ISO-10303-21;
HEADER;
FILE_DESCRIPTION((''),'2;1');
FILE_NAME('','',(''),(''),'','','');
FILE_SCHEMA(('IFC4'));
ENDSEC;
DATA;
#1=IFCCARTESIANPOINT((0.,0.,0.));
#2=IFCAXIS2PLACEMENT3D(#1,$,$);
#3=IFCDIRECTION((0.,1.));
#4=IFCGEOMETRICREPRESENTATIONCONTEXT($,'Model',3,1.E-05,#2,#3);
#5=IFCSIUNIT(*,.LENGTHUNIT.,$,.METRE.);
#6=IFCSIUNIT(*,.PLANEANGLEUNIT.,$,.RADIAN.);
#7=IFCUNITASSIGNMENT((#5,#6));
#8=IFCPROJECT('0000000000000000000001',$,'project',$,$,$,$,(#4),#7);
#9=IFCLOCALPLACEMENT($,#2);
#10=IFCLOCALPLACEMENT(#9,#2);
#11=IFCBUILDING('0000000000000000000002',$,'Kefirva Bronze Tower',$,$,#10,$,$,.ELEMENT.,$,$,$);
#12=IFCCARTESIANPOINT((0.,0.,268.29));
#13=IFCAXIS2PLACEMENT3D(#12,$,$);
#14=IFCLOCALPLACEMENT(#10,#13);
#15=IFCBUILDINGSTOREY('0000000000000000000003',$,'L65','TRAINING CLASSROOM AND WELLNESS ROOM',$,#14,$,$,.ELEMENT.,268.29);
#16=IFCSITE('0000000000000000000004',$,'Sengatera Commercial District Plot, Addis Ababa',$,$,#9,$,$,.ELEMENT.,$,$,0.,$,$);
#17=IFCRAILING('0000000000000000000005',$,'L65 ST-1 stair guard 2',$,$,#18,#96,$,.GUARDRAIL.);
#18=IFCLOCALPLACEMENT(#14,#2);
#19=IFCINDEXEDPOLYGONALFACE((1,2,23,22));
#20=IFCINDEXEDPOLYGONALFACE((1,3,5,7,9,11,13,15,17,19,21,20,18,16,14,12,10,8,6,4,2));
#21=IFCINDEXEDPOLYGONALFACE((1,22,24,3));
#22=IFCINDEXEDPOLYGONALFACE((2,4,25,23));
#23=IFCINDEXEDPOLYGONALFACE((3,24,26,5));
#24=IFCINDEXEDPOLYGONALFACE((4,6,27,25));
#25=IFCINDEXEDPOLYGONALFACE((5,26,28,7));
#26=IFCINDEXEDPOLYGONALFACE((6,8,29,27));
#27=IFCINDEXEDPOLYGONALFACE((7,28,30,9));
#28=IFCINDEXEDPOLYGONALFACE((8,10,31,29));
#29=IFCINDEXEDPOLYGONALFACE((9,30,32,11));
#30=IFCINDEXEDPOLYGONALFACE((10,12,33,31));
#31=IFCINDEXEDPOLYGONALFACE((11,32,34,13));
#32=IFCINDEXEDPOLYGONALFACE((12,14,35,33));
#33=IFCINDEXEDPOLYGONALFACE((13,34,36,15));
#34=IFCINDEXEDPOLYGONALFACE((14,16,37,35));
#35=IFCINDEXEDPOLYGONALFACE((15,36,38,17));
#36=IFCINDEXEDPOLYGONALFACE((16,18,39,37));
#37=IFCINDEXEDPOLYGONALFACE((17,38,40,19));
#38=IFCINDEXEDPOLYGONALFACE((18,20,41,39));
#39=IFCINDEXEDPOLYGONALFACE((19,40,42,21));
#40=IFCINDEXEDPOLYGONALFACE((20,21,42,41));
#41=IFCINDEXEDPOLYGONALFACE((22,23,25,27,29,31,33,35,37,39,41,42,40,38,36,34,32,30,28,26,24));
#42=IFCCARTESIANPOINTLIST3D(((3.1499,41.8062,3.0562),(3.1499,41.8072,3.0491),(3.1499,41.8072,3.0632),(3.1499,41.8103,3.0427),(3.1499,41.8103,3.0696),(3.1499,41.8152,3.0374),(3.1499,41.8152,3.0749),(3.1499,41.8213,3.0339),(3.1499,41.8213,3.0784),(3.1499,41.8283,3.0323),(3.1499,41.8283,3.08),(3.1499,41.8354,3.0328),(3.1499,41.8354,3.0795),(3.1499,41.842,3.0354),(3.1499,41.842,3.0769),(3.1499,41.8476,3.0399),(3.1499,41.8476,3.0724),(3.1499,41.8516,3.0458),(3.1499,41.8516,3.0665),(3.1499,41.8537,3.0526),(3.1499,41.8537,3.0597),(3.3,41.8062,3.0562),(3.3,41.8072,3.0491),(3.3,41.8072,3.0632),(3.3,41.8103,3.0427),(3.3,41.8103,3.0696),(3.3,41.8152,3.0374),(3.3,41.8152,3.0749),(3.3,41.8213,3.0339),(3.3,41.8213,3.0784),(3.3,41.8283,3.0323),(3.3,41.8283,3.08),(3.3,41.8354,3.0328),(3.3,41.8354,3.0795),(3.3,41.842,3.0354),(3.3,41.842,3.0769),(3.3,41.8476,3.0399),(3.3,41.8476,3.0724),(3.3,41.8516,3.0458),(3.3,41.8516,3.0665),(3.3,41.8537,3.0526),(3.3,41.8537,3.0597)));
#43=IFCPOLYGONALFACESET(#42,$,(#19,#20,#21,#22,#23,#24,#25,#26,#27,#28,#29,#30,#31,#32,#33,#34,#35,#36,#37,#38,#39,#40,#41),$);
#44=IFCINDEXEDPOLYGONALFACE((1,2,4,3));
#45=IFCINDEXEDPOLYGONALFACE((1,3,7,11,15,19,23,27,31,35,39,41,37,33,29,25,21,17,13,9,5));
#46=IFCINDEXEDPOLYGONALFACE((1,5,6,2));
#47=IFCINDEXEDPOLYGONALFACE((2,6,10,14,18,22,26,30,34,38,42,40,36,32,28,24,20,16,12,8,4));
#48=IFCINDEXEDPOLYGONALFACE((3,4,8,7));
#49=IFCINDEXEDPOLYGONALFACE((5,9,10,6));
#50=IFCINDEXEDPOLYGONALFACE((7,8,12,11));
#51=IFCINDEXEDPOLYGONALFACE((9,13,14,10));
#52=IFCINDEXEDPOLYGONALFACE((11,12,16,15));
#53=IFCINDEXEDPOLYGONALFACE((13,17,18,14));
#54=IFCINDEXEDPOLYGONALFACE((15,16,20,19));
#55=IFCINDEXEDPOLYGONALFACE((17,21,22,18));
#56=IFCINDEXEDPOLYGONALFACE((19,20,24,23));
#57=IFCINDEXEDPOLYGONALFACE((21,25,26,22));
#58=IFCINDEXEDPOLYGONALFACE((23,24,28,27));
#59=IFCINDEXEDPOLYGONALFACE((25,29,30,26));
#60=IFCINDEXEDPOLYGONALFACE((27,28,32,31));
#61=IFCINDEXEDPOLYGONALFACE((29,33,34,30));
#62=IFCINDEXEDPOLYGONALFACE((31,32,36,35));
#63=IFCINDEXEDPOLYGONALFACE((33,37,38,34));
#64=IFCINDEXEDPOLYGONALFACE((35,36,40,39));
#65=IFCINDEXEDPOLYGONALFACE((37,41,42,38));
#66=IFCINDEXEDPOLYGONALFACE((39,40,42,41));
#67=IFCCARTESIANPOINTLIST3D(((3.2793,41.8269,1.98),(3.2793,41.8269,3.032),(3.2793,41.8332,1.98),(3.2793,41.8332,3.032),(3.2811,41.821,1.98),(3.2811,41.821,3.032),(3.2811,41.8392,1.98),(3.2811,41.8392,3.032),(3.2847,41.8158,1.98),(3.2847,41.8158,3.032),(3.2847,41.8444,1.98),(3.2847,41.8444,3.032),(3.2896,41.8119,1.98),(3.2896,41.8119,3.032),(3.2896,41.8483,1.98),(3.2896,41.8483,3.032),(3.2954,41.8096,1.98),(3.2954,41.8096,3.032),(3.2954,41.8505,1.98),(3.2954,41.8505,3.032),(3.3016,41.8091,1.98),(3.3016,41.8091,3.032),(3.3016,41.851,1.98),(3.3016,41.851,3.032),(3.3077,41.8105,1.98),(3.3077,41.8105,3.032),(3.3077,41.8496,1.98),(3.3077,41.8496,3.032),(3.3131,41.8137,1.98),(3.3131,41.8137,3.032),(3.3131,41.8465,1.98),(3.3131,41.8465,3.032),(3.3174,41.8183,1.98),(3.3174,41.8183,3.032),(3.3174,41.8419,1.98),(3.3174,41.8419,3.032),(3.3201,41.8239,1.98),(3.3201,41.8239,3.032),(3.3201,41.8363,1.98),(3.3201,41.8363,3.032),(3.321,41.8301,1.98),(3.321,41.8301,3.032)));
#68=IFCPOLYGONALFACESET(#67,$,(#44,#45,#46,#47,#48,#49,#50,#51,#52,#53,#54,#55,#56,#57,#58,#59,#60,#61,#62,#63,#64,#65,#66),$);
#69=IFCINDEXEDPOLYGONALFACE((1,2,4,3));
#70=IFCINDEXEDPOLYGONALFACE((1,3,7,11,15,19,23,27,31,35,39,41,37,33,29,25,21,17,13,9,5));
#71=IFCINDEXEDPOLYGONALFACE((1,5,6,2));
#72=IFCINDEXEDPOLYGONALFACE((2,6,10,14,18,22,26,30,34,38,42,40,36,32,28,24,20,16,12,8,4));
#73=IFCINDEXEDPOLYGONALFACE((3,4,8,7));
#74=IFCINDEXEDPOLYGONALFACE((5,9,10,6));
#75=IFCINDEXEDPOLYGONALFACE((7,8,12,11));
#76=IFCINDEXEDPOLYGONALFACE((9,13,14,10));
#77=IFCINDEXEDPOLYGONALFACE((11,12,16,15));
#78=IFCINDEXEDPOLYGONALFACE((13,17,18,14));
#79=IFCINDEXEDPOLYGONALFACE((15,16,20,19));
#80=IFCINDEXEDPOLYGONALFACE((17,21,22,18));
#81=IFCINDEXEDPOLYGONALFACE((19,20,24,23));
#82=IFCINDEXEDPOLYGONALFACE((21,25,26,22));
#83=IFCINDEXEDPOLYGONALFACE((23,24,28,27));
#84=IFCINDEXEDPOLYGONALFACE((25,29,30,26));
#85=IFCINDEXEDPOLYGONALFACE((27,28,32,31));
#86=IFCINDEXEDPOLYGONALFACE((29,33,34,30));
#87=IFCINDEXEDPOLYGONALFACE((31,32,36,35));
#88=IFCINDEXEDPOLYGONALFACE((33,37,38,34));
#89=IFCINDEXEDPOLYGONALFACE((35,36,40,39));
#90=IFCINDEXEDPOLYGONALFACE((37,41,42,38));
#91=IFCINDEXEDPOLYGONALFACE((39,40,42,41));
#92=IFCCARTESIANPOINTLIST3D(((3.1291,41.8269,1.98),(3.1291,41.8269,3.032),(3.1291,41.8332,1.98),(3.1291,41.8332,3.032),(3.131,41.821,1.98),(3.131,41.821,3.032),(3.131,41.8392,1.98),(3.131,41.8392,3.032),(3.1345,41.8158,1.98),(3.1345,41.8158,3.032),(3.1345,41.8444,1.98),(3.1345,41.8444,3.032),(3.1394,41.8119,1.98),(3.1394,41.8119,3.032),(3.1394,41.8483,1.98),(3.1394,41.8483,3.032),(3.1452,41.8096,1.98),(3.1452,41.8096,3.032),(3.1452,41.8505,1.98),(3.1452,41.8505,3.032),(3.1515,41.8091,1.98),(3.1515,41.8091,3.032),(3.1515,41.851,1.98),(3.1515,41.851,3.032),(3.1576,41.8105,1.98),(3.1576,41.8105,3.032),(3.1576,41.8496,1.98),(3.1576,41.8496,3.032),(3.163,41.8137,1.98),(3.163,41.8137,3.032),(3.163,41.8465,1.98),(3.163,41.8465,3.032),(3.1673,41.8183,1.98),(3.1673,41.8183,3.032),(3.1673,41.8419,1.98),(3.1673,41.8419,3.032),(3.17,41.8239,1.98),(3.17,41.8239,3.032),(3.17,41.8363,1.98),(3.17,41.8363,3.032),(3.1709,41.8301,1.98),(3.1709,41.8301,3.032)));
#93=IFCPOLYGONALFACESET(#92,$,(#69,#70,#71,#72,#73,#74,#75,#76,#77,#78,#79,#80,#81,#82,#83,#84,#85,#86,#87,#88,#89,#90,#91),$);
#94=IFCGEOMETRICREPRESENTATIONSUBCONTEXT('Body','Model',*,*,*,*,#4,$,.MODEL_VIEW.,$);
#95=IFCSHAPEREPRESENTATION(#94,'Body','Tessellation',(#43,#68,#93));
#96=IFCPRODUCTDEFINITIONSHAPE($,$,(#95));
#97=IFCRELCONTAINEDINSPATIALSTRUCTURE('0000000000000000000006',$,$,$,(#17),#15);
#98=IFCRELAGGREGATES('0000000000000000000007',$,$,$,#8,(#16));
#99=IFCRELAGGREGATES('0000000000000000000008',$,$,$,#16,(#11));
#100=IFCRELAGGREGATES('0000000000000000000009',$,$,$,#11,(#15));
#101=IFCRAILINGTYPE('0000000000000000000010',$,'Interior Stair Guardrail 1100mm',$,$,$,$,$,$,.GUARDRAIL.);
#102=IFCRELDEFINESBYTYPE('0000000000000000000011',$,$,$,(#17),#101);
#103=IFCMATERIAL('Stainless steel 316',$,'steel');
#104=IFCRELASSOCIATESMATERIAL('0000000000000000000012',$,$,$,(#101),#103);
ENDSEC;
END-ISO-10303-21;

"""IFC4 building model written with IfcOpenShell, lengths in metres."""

from ifc_helpers import new_model, si_unit, direction, frame, origin, origin_2d, place, context, subcontext, project, spatial, circle, extrude, material, type_object, element, save


model = new_model("IFC4")

# Units and contexts
model_context = context("Model", 3, precision=1e-05, world=origin(), true_north=direction((0.0, 1.0)))
body_context = subcontext(model_context, "Body", "Model", "MODEL_VIEW")
ifc_project = project(units=[si_unit("LENGTHUNIT", "METRE"), si_unit("PLANEANGLEUNIT", "RADIAN")], contexts=[model_context])

# Site, building, storey
site_placement = place(None, origin())
site = spatial("IfcSite", under=ifc_project, at=site_placement, Name="Sengatera Commercial District Plot, Addis Ababa", CompositionType="ELEMENT", RefElevation=0.0)
building_placement = place(site_placement, origin())
building = spatial("IfcBuilding", under=site, at=building_placement, Name="Kefirva Bronze Tower", CompositionType="ELEMENT")
storey_placement = place(building_placement, frame((0.0, 0.0, 268.29)))
storey = spatial("IfcBuildingStorey", under=building, at=storey_placement, Name="L65", Description="TRAINING CLASSROOM AND WELLNESS ROOM", CompositionType="ELEMENT", Elevation=268.29)

# Railing
ifc_material_1 = material(Name="Stainless steel 316", Category="steel")
railing_type_1 = type_object("IfcRailingType", Name="Interior Stair Guardrail 1100mm", PredefinedType="GUARDRAIL", material=ifc_material_1)
railing_1_placement = place(storey_placement, frame((3.3, 41.8301, 1.98)))
element("IfcRailing", 1, at=railing_1_placement, inside=storey, type_object=railing_type_1, Name="L65 ST-1 stair guard 2", PredefinedType="GUARDRAIL", context=body_context, shape_type="SweptSolid", body=[
    extrude(circle(Radius=0.0239, at=origin_2d()), frame((0.0, 0.0, 1.0762), z_axis=(-1.0, 0.0, 0.0), x_axis=(0.0, -1.0, 0.0)), (0.0, 0.0, 1.0), 0.1501),
    extrude(circle(Radius=0.021, at=origin_2d()), origin(), (0.0, 0.0, 1.0), 1.052),
    extrude(circle(Radius=0.021, at=origin_2d()), frame((-0.1501, 0.0, 0.0)), (0.0, 0.0, 1.0), 1.052),
])

save(model, "model.ifc")
